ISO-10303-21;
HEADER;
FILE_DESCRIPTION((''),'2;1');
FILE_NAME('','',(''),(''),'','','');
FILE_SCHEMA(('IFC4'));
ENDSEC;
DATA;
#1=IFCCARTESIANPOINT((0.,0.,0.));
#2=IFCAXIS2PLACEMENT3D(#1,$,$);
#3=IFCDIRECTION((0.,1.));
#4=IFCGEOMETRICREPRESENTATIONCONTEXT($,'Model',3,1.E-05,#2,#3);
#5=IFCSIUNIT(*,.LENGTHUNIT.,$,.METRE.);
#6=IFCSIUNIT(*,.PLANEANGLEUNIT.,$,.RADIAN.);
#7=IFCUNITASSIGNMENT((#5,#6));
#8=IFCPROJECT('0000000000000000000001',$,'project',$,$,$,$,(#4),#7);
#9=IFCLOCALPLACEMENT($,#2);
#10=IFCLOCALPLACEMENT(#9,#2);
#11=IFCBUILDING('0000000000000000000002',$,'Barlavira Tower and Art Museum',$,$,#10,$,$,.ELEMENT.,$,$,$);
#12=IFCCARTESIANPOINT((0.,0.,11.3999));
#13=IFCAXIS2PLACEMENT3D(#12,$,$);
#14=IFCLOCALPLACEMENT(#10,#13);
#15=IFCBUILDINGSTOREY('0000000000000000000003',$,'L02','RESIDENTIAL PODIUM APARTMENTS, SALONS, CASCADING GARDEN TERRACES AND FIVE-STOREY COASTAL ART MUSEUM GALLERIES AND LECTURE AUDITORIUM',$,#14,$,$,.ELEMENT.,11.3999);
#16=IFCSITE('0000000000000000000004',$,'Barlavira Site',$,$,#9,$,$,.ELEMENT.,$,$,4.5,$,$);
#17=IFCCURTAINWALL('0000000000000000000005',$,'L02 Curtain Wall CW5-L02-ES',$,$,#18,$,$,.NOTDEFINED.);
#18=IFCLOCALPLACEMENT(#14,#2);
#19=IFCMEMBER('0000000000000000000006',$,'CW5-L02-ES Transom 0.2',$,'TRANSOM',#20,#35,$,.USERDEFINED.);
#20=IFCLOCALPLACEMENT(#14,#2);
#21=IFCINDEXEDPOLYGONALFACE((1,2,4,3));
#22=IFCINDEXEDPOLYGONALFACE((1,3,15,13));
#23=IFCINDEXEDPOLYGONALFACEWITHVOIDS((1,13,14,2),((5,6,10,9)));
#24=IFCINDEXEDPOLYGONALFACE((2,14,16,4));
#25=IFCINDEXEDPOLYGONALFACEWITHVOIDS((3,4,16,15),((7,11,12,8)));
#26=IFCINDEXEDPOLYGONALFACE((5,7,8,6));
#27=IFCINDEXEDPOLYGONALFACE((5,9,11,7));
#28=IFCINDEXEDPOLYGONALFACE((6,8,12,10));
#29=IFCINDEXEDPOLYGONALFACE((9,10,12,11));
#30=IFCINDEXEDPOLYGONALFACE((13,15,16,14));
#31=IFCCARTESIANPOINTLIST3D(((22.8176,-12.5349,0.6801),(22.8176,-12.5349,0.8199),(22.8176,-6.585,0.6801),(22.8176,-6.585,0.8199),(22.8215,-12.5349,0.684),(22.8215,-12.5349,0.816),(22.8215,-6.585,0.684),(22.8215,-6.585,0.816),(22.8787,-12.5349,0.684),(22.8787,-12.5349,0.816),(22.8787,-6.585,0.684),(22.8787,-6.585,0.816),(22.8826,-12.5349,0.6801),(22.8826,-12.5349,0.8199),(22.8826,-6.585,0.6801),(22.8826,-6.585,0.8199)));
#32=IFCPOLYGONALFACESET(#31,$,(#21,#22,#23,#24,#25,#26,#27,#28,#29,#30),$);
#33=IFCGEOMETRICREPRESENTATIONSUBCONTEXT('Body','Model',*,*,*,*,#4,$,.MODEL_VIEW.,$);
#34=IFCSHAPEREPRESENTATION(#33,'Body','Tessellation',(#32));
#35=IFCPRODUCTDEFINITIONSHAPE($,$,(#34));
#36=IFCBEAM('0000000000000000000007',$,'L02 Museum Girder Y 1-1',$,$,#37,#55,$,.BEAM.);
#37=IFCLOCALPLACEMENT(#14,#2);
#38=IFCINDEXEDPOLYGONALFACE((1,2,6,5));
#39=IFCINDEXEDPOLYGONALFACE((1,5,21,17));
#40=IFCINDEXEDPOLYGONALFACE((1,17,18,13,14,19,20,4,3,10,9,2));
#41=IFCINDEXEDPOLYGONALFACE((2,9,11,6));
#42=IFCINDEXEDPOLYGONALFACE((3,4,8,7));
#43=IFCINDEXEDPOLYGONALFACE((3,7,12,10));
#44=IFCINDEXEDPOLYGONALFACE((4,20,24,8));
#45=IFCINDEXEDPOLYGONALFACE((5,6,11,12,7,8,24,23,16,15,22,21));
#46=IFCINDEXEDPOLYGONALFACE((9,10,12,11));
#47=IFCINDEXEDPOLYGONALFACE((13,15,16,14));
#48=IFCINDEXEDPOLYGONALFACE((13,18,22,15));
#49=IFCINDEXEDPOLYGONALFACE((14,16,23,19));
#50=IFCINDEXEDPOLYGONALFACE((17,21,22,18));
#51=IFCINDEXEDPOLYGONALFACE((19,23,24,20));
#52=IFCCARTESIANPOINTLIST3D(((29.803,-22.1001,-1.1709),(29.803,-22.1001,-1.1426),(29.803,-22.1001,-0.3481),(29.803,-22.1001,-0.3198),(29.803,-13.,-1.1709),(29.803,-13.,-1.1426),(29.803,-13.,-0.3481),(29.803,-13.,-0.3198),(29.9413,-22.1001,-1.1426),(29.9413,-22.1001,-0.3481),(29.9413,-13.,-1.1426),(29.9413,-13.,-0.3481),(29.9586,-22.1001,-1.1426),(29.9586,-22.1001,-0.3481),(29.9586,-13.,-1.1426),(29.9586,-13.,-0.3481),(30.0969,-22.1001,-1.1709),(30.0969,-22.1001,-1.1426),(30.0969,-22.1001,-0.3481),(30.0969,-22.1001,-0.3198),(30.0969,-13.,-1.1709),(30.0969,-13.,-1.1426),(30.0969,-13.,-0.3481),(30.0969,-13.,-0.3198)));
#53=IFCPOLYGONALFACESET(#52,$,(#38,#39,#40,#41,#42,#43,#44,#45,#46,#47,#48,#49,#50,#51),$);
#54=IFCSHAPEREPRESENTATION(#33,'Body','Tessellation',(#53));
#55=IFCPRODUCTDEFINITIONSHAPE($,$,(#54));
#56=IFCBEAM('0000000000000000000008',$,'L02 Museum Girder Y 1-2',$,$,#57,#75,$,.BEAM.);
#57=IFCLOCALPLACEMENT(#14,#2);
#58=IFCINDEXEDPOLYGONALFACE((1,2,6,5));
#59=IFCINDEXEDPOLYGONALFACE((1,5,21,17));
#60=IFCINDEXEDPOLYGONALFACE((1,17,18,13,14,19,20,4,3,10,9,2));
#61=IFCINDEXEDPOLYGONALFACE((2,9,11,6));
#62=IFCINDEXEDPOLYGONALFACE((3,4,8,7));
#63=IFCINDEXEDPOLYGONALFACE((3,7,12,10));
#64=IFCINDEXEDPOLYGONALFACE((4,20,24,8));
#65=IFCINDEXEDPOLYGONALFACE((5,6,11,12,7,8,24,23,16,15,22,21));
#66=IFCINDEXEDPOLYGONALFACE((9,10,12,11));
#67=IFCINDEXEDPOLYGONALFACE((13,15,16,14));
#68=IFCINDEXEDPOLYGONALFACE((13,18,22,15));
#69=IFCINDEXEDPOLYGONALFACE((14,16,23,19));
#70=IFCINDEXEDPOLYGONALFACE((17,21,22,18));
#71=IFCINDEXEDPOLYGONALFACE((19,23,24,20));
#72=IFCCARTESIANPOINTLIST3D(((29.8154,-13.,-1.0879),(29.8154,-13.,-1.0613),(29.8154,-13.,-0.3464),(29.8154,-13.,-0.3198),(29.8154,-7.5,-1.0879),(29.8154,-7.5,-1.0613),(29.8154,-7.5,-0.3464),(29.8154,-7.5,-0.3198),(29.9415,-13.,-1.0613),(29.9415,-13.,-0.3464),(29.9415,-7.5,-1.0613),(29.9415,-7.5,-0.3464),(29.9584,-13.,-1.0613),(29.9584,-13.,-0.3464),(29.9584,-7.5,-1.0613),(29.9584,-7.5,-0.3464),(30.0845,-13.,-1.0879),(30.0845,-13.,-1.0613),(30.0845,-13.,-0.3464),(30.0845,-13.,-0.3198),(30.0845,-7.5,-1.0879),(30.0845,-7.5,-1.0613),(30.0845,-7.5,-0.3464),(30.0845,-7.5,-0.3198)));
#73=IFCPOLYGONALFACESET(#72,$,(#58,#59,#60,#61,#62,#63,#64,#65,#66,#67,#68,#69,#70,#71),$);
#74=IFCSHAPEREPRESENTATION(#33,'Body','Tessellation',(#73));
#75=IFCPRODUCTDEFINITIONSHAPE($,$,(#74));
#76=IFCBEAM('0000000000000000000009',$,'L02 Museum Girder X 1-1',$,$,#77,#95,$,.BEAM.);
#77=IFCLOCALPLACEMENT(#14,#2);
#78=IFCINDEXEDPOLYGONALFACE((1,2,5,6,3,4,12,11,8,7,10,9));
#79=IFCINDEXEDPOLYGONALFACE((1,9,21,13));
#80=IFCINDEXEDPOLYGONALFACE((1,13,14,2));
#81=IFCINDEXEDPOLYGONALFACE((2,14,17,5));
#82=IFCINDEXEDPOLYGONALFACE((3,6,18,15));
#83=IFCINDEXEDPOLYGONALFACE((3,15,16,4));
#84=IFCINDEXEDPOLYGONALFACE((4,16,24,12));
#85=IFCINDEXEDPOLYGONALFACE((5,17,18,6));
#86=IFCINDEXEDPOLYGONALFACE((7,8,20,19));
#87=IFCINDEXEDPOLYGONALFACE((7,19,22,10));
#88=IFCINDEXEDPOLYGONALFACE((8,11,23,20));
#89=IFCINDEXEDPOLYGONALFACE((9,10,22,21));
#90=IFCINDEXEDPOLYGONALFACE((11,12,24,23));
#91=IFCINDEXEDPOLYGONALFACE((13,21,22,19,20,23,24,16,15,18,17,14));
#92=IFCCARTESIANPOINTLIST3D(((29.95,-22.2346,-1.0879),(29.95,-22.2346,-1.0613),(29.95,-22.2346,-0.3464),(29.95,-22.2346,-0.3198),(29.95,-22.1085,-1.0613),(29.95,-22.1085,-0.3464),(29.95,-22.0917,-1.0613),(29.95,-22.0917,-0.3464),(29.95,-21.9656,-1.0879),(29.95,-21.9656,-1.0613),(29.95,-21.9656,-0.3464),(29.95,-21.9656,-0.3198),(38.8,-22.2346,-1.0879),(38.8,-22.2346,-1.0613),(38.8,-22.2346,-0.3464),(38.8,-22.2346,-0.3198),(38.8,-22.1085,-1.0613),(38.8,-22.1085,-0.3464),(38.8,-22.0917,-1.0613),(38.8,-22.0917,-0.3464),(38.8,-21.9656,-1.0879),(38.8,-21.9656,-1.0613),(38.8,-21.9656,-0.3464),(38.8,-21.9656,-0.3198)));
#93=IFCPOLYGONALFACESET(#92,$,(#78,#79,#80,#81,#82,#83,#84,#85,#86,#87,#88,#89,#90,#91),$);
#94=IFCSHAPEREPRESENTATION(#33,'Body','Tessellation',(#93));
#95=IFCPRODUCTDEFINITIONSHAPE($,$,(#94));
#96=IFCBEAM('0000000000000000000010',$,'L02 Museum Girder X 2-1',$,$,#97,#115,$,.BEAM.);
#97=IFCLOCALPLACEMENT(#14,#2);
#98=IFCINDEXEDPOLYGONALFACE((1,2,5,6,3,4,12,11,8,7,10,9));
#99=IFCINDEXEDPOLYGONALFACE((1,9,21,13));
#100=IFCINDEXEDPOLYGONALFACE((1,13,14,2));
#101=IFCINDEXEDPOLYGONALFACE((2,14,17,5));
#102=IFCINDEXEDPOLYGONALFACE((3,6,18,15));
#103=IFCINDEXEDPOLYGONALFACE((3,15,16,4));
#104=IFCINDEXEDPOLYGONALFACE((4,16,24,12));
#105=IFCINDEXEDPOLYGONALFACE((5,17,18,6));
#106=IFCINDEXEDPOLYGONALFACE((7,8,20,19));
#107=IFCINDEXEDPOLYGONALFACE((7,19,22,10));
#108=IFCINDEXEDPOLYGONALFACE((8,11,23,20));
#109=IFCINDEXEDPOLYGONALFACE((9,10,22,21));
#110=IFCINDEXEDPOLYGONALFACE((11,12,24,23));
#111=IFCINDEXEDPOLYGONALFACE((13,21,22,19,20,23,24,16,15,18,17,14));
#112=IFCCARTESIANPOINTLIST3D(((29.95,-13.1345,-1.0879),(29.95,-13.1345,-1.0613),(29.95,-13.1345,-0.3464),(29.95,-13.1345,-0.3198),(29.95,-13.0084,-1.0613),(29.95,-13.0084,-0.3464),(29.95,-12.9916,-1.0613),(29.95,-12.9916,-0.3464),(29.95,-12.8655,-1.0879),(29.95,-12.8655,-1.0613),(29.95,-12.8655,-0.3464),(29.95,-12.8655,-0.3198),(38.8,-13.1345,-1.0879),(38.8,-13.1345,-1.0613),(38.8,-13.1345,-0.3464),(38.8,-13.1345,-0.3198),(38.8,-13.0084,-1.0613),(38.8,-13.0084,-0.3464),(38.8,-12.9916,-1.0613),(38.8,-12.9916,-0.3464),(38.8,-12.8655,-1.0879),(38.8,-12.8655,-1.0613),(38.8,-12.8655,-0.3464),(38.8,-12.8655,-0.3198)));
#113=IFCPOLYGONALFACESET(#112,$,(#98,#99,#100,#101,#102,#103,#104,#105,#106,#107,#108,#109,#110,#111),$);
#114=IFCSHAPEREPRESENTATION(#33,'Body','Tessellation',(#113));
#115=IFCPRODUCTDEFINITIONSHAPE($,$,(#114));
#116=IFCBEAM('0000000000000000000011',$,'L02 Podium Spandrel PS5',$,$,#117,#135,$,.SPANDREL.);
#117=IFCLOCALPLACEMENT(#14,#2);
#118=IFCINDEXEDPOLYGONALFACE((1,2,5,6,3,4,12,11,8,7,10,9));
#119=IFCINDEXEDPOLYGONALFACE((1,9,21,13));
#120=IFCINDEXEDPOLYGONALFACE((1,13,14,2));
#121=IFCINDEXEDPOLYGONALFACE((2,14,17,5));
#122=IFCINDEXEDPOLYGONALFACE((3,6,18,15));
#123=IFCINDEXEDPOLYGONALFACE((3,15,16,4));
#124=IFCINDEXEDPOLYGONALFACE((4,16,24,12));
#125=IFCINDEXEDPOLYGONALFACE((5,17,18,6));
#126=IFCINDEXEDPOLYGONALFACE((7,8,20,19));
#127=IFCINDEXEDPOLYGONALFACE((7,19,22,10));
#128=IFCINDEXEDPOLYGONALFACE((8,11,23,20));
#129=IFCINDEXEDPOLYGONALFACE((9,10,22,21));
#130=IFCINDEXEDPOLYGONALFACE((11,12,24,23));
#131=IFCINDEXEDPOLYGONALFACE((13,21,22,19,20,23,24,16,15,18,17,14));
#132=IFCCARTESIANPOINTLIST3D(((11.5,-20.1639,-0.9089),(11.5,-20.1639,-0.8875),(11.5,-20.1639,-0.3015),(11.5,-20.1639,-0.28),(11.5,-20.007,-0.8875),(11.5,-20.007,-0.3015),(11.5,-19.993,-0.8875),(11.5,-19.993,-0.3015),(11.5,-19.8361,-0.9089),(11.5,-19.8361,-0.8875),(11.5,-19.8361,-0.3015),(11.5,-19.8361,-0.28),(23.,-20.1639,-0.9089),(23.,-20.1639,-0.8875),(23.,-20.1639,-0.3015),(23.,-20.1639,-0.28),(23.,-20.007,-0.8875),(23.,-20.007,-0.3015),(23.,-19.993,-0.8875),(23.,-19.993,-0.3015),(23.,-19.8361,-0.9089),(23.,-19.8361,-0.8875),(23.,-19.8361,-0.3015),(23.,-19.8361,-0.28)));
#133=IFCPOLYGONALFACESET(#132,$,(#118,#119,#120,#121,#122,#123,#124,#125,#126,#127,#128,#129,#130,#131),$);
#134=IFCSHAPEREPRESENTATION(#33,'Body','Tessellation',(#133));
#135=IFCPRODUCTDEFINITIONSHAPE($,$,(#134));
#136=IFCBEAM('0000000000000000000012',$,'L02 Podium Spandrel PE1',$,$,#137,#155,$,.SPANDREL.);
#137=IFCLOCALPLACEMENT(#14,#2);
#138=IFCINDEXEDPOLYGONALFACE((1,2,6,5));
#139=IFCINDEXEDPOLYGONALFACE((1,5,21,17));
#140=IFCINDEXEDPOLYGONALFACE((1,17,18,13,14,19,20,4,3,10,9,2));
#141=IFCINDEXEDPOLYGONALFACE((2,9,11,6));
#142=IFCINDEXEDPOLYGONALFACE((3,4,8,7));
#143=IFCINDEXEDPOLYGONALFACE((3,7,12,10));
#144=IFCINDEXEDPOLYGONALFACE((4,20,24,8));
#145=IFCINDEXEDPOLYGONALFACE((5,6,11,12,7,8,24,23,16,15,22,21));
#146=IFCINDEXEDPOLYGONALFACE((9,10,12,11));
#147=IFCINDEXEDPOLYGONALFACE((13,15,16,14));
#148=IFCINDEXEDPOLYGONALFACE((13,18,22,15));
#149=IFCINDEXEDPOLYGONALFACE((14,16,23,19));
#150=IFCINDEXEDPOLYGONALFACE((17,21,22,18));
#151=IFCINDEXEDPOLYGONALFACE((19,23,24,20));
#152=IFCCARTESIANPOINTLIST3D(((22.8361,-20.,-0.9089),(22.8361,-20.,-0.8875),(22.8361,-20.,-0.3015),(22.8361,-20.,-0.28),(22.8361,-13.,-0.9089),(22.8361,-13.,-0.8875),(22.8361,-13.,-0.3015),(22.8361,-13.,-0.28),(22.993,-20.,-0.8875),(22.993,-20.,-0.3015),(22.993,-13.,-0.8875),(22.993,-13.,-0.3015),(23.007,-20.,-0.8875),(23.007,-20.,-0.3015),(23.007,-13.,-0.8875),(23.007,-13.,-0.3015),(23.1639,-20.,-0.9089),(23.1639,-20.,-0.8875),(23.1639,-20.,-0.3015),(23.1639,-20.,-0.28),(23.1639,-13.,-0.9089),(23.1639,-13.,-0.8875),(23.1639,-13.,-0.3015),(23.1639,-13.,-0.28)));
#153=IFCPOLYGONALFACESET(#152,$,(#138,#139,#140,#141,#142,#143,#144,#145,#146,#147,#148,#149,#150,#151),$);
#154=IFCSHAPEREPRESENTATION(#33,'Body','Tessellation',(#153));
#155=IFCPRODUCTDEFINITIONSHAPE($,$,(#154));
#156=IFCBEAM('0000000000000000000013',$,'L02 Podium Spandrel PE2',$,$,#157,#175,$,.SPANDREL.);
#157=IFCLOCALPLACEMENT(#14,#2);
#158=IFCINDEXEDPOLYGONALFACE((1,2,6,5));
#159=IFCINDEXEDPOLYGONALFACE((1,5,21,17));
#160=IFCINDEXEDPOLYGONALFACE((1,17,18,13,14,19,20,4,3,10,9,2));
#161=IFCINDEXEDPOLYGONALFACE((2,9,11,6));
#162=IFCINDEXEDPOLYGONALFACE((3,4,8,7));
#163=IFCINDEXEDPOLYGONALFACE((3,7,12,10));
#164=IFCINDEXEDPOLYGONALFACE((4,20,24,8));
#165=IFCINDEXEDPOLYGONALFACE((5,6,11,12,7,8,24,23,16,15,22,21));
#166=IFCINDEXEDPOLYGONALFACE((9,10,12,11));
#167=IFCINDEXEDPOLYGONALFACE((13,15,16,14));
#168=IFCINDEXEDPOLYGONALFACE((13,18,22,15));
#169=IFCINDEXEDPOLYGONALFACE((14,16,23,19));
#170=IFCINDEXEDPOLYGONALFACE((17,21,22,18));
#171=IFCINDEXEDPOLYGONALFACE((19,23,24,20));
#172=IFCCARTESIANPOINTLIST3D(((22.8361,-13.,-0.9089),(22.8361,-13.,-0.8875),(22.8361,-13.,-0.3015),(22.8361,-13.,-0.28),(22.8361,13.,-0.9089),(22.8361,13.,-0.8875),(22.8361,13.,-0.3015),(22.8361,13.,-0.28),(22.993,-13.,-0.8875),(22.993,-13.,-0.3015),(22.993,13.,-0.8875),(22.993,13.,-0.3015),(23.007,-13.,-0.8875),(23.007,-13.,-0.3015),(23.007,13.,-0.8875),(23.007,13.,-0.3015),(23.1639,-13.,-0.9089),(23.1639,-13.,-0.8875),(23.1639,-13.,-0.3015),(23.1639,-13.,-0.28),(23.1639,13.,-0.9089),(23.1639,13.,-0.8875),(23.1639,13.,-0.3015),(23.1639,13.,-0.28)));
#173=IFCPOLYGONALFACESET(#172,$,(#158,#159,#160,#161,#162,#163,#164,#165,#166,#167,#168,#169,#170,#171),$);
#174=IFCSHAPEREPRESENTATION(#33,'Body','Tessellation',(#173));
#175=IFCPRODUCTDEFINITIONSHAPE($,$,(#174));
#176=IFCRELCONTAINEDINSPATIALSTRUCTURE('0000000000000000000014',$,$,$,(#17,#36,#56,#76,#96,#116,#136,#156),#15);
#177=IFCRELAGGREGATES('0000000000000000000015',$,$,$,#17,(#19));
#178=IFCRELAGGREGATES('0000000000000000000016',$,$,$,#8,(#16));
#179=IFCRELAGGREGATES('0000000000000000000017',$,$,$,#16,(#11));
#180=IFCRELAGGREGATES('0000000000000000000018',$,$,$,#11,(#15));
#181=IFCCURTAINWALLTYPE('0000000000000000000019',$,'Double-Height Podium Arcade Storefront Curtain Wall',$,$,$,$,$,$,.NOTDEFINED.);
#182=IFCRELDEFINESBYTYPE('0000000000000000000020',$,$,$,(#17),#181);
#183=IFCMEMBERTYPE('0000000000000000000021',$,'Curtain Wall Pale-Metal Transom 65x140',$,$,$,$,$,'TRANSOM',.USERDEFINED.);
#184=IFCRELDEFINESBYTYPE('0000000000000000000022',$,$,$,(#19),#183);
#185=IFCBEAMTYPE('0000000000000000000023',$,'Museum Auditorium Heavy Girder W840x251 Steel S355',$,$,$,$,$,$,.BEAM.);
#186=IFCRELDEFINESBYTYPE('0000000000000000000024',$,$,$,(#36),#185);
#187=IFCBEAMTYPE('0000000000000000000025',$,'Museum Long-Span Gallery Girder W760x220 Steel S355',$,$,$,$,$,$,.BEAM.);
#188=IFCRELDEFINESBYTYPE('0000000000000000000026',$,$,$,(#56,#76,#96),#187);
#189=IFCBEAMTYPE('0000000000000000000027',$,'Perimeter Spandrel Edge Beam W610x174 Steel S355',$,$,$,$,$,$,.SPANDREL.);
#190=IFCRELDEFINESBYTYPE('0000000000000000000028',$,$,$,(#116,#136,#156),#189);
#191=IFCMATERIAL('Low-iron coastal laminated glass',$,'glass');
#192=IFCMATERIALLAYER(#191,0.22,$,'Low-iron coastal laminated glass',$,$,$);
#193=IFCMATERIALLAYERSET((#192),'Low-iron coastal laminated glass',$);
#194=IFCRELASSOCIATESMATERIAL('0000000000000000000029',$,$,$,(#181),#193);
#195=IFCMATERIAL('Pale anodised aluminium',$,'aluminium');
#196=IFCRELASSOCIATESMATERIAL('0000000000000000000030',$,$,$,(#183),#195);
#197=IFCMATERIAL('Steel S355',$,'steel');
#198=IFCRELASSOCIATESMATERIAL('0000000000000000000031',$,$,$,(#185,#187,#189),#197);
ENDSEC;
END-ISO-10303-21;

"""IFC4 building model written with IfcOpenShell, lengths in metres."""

from ifc_helpers import new_model, si_unit, direction, frame, origin, origin_2d, place, context, subcontext, project, spatial, hollow_rectangle, i_section, extrude, material, layer, layer_set, material_profile, profile_set, type_object, element, aggregate, save


model = new_model("IFC4")

# Units and contexts
model_context = context("Model", 3, precision=1e-05, world=origin(), true_north=direction((0.0, 1.0)))
body_context = subcontext(model_context, "Body", "Model", "MODEL_VIEW")
ifc_project = project(units=[si_unit("LENGTHUNIT", "METRE"), si_unit("PLANEANGLEUNIT", "RADIAN")], contexts=[model_context])

# Site, building, storey
site_placement = place(None, origin())
site = spatial("IfcSite", under=ifc_project, at=site_placement, Name="Barlavira Site", CompositionType="ELEMENT", RefElevation=4.5)
building_placement = place(site_placement, origin())
building = spatial("IfcBuilding", under=site, at=building_placement, Name="Barlavira Tower and Art Museum", CompositionType="ELEMENT")
storey_placement = place(building_placement, frame((0.0, 0.0, 11.3999)))
storey = spatial("IfcBuildingStorey", under=building, at=storey_placement, Name="L02", Description="RESIDENTIAL PODIUM APARTMENTS, SALONS, CASCADING GARDEN TERRACES AND FIVE-STOREY COASTAL ART MUSEUM GALLERIES AND LECTURE AUDITORIUM", CompositionType="ELEMENT", Elevation=11.3999)

# Shared definitions
ifc_material_1 = material(Name="Steel S355", Category="steel")

# Curtain wall, member
ifc_material_2 = material(Name="Low-iron coastal laminated glass", Category="glass")
ifc_layer_1 = layer(ifc_material_2, 0.22, Name="Low-iron coastal laminated glass")
ifc_layer_set_1 = layer_set([ifc_layer_1], Name="Low-iron coastal laminated glass")
curtain_wall_type = type_object("IfcCurtainWallType", Name="Double-Height Podium Arcade Storefront Curtain Wall", PredefinedType="NOTDEFINED", material=ifc_layer_set_1)
curtain_wall_placement = place(storey_placement, origin())
curtain_wall = element("IfcCurtainWall", 1, at=curtain_wall_placement, inside=storey, type_object=curtain_wall_type, Name="L02 Curtain Wall CW5-L02-ES", PredefinedType="NOTDEFINED")
ifc_material_3 = material(Name="Pale anodised aluminium", Category="aluminium")
ifc_material_profile_1 = material_profile(ifc_material_3, hollow_rectangle(XDim=0.0649, YDim=0.1399, WallThickness=0.0039, at=origin_2d()), Name="ALU-TRAN 65x140x4")
ifc_profile_set_1 = profile_set([ifc_material_profile_1], Name="Pale anodised aluminium")
member_type_1 = type_object("IfcMemberType", Name="Curtain Wall Pale-Metal Transom 65x140", ElementType="TRANSOM", PredefinedType="USERDEFINED", material=ifc_profile_set_1)
member_1_placement = place(storey_placement, frame((22.8501, -12.5349, 0.75), z_axis=(0.0, 1.0, 0.0), x_axis=(-1.0, 0.0, 0.0)))
member_1 = element("IfcMember", 2, at=member_1_placement, type_object=member_type_1, Name="CW5-L02-ES Transom 0.2", ObjectType="TRANSOM", PredefinedType="USERDEFINED", context=body_context, shape_type="SweptSolid", body=[
    extrude(hollow_rectangle(XDim=0.0649, YDim=0.1399, WallThickness=0.0039, at=origin_2d()), origin(), (0.0, 0.0, 1.0), 5.95),
])
aggregate(curtain_wall, [member_1])

# Beams
ifc_material_profile_2 = material_profile(ifc_material_1, i_section(OverallWidth=0.2939, OverallDepth=0.8511, WebThickness=0.0173, FlangeThickness=0.0283, at=origin_2d()), Name="W840x251.0")
ifc_profile_set_2 = profile_set([ifc_material_profile_2], Name="Steel S355")
beam_type_1 = type_object("IfcBeamType", Name="Museum Auditorium Heavy Girder W840x251 Steel S355", PredefinedType="BEAM", material=ifc_profile_set_2)
beam_1_placement = place(storey_placement, frame((29.95, -22.1001, -0.7454), z_axis=(0.0, 1.0, 0.0), x_axis=(-1.0, 0.0, 0.0)))
element("IfcBeam", 3, at=beam_1_placement, inside=storey, type_object=beam_type_1, Name="L02 Museum Girder Y 1-1", PredefinedType="BEAM", context=body_context, shape_type="SweptSolid", body=[
    extrude(i_section(OverallWidth=0.2939, OverallDepth=0.8511, WebThickness=0.0173, FlangeThickness=0.0283, at=origin_2d()), origin(), (0.0, 0.0, 1.0), 9.1001),
])
ifc_material_profile_3 = material_profile(ifc_material_1, i_section(OverallWidth=0.269, OverallDepth=0.7681, WebThickness=0.0168, FlangeThickness=0.0266, at=origin_2d()), Name="W760x220.0")
ifc_profile_set_3 = profile_set([ifc_material_profile_3], Name="Steel S355")
beam_type_2 = type_object("IfcBeamType", Name="Museum Long-Span Gallery Girder W760x220 Steel S355", PredefinedType="BEAM", material=ifc_profile_set_3)
beam_2_placement = place(storey_placement, frame((29.95, -13.0, -0.7039), z_axis=(0.0, 1.0, 0.0), x_axis=(-1.0, 0.0, 0.0)))
element("IfcBeam", 4, at=beam_2_placement, inside=storey, type_object=beam_type_2, Name="L02 Museum Girder Y 1-2", PredefinedType="BEAM", context=body_context, shape_type="SweptSolid", body=[
    extrude(i_section(OverallWidth=0.269, OverallDepth=0.7681, WebThickness=0.0168, FlangeThickness=0.0266, at=origin_2d()), origin(), (0.0, 0.0, 1.0), 5.5),
])
for number, where, z_axis, x_axis, name in (
    (5, (29.95, -22.1001, -0.7039), (1.0, 0.0, 0.0), (0.0, 1.0, 0.0), "L02 Museum Girder X 1-1"),
    (6, (29.95, -13.0, -0.7039), (1.0, 0.0, 0.0), (0.0, 1.0, 0.0), "L02 Museum Girder X 2-1"),
):
    element("IfcBeam", number, at=place(storey_placement, frame(where, z_axis=z_axis, x_axis=x_axis)), inside=storey, type_object=beam_type_2, Name=name, PredefinedType="BEAM", context=body_context, shape_type="SweptSolid", body=[
        extrude(i_section(OverallWidth=0.269, OverallDepth=0.7681, WebThickness=0.0168, FlangeThickness=0.0266, at=origin_2d()), origin(), (0.0, 0.0, 1.0), 8.8501),
    ])
ifc_material_profile_4 = material_profile(ifc_material_1, i_section(OverallWidth=0.3279, OverallDepth=0.6289, WebThickness=0.0139, FlangeThickness=0.0215, at=origin_2d()), Name="W610x174.0")
ifc_profile_set_4 = profile_set([ifc_material_profile_4], Name="Steel S355")
beam_type_3 = type_object("IfcBeamType", Name="Perimeter Spandrel Edge Beam W610x174 Steel S355", PredefinedType="SPANDREL", material=ifc_profile_set_4)
beam_3_placement = place(storey_placement, frame((11.5, -20.0, -0.5945), z_axis=(1.0, 0.0, 0.0), x_axis=(0.0, 1.0, 0.0)))
element("IfcBeam", 7, at=beam_3_placement, inside=storey, type_object=beam_type_3, Name="L02 Podium Spandrel PS5", PredefinedType="SPANDREL", context=body_context, shape_type="SweptSolid", body=[
    extrude(i_section(OverallWidth=0.3279, OverallDepth=0.6289, WebThickness=0.0139, FlangeThickness=0.0215, at=origin_2d()), origin(), (0.0, 0.0, 1.0), 11.5),
])
beam_4_placement = place(storey_placement, frame((23.0, -20.0, -0.5945), z_axis=(0.0, 1.0, 0.0), x_axis=(-1.0, 0.0, 0.0)))
element("IfcBeam", 8, at=beam_4_placement, inside=storey, type_object=beam_type_3, Name="L02 Podium Spandrel PE1", PredefinedType="SPANDREL", context=body_context, shape_type="SweptSolid", body=[
    extrude(i_section(OverallWidth=0.3279, OverallDepth=0.6289, WebThickness=0.0139, FlangeThickness=0.0215, at=origin_2d()), origin(), (0.0, 0.0, 1.0), 7.0),
])
beam_5_placement = place(storey_placement, frame((23.0, -13.0, -0.5945), z_axis=(0.0, 1.0, 0.0), x_axis=(-1.0, 0.0, 0.0)))
element("IfcBeam", 9, at=beam_5_placement, inside=storey, type_object=beam_type_3, Name="L02 Podium Spandrel PE2", PredefinedType="SPANDREL", context=body_context, shape_type="SweptSolid", body=[
    extrude(i_section(OverallWidth=0.3279, OverallDepth=0.6289, WebThickness=0.0139, FlangeThickness=0.0215, at=origin_2d()), origin(), (0.0, 0.0, 1.0), 26.0),
])

save(model, "model.ifc")
